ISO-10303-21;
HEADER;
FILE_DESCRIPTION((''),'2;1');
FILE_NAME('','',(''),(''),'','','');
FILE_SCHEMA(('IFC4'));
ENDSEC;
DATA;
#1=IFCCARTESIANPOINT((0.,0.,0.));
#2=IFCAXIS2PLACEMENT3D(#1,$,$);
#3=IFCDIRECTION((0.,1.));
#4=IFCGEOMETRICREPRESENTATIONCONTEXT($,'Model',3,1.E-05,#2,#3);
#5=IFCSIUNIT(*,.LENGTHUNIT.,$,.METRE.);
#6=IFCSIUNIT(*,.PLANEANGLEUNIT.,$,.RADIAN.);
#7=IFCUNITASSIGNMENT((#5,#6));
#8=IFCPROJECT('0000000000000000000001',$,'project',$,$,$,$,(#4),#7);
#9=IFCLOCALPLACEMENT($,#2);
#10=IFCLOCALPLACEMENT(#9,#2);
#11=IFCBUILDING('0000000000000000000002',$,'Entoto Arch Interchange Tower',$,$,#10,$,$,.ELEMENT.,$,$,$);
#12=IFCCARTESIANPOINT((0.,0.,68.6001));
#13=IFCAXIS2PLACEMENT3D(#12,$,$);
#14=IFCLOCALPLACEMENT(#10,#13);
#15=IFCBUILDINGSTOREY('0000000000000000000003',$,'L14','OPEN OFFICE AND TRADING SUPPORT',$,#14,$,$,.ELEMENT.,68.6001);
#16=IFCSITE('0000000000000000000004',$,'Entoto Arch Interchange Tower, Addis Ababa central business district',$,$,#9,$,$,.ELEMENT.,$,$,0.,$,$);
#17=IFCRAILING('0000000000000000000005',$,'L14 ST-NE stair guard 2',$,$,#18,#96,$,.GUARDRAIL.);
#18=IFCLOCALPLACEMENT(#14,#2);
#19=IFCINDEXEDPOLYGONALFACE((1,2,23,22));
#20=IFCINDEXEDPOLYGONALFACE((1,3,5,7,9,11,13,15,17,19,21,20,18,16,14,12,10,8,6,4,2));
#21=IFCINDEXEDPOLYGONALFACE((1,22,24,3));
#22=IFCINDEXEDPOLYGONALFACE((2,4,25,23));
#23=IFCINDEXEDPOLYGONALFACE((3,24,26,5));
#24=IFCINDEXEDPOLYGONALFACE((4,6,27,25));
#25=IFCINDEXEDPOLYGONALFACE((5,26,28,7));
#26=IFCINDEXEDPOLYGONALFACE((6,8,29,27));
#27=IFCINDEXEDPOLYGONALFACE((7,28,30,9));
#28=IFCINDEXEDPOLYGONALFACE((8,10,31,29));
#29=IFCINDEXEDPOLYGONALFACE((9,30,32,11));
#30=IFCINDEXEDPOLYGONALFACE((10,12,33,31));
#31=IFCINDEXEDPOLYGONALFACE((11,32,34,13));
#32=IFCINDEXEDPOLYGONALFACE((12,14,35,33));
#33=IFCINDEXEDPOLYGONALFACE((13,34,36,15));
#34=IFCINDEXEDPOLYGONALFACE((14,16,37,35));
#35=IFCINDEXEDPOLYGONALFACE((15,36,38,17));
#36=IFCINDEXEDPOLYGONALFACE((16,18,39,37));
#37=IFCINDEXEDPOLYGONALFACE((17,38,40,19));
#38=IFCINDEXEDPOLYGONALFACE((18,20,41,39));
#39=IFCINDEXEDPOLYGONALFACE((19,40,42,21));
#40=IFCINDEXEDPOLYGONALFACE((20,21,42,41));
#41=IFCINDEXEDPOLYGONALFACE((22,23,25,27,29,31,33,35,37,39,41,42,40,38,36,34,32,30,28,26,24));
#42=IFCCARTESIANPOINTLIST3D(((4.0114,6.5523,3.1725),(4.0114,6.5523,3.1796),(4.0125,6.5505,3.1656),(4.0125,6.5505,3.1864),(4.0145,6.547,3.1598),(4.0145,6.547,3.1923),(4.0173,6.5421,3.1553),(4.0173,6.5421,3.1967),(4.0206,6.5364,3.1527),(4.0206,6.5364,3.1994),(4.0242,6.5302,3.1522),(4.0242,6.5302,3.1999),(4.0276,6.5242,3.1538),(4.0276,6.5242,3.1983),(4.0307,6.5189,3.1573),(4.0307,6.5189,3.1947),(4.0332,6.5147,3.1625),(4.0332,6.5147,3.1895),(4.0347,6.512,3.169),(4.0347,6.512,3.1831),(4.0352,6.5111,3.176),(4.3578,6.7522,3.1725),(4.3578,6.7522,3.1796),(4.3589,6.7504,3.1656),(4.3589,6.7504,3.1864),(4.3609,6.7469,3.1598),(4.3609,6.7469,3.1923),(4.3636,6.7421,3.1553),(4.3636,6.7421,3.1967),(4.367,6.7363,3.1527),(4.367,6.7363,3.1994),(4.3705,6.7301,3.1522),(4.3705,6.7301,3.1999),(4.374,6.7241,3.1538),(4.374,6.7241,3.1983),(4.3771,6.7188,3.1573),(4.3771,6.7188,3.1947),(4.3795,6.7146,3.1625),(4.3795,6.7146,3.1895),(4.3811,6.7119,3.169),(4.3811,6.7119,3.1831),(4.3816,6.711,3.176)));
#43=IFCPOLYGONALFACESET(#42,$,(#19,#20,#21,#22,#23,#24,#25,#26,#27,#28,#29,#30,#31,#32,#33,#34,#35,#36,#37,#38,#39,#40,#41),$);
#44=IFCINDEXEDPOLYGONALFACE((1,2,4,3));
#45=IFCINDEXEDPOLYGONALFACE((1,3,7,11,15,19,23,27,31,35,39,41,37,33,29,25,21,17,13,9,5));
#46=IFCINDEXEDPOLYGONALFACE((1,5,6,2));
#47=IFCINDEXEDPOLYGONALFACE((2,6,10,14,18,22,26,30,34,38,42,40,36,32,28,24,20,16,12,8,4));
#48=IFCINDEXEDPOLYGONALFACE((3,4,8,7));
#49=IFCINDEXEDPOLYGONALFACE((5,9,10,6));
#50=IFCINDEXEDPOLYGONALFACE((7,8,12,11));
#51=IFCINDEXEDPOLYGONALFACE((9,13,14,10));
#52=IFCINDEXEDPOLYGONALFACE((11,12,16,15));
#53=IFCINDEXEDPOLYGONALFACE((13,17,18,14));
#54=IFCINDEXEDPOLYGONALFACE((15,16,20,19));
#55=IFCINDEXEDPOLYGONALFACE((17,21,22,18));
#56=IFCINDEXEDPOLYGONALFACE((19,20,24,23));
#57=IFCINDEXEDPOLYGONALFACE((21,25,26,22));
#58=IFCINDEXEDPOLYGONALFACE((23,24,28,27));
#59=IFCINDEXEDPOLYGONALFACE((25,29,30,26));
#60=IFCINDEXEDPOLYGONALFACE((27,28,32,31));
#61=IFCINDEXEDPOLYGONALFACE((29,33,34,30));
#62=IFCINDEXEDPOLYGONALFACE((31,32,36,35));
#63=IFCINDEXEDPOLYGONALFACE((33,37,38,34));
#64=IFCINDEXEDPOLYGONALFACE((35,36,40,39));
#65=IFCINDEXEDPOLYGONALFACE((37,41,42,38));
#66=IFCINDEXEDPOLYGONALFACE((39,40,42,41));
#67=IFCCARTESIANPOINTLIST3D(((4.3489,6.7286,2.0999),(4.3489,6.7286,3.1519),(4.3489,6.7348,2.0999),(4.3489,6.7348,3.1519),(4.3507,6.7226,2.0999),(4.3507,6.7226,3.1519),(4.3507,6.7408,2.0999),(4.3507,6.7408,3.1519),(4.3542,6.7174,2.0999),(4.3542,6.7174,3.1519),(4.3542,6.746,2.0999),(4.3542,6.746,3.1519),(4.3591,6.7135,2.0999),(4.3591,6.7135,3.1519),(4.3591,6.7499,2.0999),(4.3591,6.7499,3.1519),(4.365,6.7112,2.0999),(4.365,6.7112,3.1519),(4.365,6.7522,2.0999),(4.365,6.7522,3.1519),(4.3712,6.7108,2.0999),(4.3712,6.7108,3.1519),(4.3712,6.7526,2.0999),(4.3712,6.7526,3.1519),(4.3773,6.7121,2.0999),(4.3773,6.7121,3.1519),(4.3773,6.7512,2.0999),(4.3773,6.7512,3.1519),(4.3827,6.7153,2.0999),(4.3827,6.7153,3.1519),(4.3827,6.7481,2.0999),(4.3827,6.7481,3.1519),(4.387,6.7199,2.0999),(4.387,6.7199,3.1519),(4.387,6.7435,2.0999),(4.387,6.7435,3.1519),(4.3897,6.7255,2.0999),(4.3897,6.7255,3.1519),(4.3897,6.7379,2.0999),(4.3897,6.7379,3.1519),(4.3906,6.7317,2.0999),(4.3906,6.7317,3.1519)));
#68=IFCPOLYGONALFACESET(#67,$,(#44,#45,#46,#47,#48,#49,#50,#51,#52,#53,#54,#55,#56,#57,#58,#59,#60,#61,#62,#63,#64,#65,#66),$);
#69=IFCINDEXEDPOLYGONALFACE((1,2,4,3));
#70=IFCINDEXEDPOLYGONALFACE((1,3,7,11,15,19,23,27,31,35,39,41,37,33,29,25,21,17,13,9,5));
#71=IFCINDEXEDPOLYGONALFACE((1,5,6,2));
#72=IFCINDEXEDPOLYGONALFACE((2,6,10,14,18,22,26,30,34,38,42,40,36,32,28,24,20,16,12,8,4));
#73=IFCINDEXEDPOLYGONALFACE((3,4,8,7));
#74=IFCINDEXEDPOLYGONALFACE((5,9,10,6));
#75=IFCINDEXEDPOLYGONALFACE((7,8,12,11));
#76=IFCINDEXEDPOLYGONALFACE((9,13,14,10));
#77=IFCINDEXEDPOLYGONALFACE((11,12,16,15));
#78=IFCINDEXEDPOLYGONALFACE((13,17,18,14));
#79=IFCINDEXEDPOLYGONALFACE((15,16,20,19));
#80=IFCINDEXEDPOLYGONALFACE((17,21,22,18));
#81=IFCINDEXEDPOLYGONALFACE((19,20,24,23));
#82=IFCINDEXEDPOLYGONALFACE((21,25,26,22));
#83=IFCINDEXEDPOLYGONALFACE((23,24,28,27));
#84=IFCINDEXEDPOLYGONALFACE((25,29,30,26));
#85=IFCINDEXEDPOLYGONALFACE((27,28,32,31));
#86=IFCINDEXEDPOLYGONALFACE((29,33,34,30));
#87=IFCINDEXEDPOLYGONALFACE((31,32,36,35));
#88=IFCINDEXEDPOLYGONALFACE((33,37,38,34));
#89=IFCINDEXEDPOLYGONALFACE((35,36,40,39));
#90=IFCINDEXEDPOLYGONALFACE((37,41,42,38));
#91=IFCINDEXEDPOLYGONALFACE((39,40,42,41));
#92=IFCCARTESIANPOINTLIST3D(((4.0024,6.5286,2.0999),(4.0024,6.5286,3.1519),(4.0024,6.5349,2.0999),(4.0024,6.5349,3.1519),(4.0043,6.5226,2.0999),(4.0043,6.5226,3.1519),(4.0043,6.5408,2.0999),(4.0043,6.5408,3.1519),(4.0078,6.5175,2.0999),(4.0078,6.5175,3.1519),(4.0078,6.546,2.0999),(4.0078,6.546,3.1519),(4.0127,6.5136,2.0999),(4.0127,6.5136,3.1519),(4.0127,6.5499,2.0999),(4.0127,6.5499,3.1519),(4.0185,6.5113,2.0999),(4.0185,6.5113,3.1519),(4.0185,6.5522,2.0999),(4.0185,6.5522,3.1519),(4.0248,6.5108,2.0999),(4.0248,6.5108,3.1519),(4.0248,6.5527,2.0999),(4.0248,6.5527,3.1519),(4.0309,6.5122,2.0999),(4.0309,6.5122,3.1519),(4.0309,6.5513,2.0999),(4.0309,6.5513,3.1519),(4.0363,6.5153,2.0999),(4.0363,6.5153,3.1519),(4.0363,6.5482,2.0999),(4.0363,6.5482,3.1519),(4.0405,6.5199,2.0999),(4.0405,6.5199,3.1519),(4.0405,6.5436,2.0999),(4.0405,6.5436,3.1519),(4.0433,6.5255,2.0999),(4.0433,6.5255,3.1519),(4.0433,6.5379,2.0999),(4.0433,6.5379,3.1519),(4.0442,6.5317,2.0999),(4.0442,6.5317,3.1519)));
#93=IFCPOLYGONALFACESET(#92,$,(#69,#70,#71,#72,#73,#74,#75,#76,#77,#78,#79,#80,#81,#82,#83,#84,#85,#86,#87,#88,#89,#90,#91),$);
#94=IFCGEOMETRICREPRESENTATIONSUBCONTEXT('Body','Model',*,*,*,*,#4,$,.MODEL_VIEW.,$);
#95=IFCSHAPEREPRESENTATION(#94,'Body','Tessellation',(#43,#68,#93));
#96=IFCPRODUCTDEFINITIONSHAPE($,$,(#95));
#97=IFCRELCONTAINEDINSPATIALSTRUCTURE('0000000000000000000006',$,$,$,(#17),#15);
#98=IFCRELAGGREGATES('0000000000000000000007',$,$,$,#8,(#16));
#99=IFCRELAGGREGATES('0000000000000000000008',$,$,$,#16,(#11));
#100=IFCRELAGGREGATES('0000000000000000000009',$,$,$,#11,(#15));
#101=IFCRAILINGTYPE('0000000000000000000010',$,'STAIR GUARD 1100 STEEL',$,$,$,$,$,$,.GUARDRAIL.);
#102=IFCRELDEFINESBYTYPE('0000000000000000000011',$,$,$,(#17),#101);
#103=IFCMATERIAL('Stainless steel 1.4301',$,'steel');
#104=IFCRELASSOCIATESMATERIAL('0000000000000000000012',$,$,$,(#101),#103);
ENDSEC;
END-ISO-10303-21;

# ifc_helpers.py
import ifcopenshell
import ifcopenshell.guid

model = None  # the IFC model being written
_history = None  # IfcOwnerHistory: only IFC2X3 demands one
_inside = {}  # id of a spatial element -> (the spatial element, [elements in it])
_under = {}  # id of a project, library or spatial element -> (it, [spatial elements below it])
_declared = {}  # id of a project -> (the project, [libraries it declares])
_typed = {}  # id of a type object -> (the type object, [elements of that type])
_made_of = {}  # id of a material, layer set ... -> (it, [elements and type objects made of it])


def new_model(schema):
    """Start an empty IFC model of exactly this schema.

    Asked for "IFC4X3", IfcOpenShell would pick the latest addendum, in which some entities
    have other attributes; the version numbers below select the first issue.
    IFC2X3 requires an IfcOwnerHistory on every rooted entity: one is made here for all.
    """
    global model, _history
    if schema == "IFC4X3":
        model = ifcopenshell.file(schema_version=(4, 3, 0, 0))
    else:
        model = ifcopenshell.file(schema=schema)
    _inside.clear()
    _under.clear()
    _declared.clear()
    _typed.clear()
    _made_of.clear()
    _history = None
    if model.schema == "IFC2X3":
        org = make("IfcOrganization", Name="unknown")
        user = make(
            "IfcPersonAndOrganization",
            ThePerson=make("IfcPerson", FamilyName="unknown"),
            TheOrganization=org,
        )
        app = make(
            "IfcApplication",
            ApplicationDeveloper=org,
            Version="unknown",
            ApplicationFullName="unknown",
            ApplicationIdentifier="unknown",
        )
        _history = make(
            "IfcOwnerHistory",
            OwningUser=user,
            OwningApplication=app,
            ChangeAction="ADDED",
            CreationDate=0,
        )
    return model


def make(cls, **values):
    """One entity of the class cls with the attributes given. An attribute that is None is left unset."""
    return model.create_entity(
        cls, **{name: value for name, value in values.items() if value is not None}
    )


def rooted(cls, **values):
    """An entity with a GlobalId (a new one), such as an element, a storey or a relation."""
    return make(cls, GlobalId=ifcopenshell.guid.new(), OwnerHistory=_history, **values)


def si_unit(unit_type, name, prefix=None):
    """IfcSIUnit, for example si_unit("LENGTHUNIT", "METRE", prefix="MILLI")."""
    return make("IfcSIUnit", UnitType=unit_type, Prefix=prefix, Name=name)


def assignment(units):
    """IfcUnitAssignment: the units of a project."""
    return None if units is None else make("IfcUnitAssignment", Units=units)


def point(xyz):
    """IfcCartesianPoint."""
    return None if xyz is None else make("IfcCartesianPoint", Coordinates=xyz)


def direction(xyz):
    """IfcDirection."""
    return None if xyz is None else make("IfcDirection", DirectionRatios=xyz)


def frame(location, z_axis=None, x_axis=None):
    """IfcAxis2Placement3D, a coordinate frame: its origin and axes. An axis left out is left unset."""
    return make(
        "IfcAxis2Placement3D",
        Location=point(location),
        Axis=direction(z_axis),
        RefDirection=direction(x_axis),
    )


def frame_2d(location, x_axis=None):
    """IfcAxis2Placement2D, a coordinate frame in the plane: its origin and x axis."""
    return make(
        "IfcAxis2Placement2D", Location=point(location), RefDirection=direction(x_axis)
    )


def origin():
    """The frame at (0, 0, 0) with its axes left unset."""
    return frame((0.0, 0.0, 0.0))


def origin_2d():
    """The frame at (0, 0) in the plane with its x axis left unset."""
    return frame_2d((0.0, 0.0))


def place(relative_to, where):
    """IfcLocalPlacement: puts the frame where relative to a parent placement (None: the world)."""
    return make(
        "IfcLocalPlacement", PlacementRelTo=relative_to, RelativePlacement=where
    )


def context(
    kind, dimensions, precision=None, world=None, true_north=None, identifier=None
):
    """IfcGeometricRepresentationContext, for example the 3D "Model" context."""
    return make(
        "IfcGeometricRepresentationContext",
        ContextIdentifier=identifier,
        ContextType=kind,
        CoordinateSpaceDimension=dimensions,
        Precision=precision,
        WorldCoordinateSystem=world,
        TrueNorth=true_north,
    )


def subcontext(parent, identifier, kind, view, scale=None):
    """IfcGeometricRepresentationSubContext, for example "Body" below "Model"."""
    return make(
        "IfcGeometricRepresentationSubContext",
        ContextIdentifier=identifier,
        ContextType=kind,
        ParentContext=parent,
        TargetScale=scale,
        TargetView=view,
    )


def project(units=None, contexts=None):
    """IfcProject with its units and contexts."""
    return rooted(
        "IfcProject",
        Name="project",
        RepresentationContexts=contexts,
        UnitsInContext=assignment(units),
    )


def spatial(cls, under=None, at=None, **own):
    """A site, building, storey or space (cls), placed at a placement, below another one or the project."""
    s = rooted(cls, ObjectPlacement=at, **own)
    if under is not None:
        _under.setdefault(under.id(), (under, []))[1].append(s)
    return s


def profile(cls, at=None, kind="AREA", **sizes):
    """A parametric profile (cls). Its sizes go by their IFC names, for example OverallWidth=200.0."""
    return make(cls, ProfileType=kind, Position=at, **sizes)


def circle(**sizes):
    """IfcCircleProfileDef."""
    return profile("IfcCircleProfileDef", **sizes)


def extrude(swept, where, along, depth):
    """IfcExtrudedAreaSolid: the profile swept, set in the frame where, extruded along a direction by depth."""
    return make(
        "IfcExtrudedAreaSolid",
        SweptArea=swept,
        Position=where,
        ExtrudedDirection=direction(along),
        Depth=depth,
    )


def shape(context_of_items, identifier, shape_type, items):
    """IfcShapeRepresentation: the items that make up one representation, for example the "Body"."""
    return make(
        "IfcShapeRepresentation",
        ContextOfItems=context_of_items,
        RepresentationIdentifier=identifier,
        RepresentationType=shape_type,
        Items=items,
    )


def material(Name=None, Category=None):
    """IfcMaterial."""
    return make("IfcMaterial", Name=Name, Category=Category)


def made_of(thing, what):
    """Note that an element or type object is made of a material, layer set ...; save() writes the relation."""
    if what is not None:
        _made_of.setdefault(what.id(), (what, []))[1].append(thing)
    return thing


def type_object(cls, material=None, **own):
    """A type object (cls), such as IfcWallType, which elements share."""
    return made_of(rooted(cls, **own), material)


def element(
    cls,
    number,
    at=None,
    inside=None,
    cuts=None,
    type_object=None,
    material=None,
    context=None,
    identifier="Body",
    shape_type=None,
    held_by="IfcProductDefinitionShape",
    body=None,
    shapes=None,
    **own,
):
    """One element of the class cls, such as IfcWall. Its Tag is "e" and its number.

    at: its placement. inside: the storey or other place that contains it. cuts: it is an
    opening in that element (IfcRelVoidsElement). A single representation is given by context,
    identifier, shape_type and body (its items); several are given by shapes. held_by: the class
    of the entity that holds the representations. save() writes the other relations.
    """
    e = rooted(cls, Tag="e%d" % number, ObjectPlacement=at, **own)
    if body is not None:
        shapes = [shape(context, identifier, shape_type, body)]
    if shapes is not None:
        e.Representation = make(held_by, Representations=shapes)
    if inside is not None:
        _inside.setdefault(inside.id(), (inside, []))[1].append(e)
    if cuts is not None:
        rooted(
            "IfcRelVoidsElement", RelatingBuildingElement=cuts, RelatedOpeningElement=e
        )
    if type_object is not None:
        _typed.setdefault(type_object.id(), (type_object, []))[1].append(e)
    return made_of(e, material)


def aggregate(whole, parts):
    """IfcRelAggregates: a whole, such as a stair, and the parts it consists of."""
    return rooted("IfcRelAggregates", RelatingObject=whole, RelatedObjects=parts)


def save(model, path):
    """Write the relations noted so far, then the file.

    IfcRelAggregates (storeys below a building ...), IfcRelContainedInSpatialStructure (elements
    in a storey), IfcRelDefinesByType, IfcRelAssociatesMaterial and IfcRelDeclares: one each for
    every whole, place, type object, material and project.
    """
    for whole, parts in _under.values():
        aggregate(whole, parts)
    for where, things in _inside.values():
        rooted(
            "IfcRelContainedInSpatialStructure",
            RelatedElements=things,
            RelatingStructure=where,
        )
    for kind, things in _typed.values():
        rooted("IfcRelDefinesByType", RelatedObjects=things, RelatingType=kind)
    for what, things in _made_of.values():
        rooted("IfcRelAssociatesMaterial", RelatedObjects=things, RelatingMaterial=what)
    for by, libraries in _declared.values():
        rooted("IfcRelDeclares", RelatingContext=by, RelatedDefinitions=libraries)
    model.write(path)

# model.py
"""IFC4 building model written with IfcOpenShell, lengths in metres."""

from ifc_helpers import new_model, si_unit, direction, frame, origin, origin_2d, place, context, subcontext, project, spatial, circle, extrude, material, type_object, element, save


model = new_model("IFC4")

# Units and contexts
model_context = context("Model", 3, precision=1e-05, world=origin(), true_north=direction((0.0, 1.0)))
body_context = subcontext(model_context, "Body", "Model", "MODEL_VIEW")
ifc_project = project(units=[si_unit("LENGTHUNIT", "METRE"), si_unit("PLANEANGLEUNIT", "RADIAN")], contexts=[model_context])

# Site, building, storey
site_placement = place(None, origin())
site = spatial("IfcSite", under=ifc_project, at=site_placement, Name="Entoto Arch Interchange Tower, Addis Ababa central business district", CompositionType="ELEMENT", RefElevation=0.0)
building_placement = place(site_placement, origin())
building = spatial("IfcBuilding", under=site, at=building_placement, Name="Entoto Arch Interchange Tower", CompositionType="ELEMENT")
storey_placement = place(building_placement, frame((0.0, 0.0, 68.6001)))
storey = spatial("IfcBuildingStorey", under=building, at=storey_placement, Name="L14", Description="OPEN OFFICE AND TRADING SUPPORT", CompositionType="ELEMENT", Elevation=68.6001)

# Railing
ifc_material_1 = material(Name="Stainless steel 1.4301", Category="steel")
railing_type_1 = type_object("IfcRailingType", Name="STAIR GUARD 1100 STEEL", PredefinedType="GUARDRAIL", material=ifc_material_1)
railing_1_placement = place(storey_placement, frame((4.3696, 6.7317, 2.0999)))
element("IfcRailing", 1, at=railing_1_placement, inside=storey, type_object=railing_type_1, Name="L14 ST-NE stair guard 2", PredefinedType="GUARDRAIL", context=body_context, shape_type="SweptSolid", body=[
    extrude(circle(Radius=0.0239, at=origin_2d()), frame((0.0, 0.0, 1.0762), z_axis=(-0.866094, -0.499881, 0.0), x_axis=(0.499881, -0.866094, 0.0)), (0.0, 0.0, 1.0), 0.3999),
    extrude(circle(Radius=0.021, at=origin_2d()), origin(), (0.0, 0.0, 1.0), 1.052),
    extrude(circle(Radius=0.021, at=origin_2d()), frame((-0.3464, -0.2, 0.0)), (0.0, 0.0, 1.0), 1.052),
])

save(model, "model.ifc")
